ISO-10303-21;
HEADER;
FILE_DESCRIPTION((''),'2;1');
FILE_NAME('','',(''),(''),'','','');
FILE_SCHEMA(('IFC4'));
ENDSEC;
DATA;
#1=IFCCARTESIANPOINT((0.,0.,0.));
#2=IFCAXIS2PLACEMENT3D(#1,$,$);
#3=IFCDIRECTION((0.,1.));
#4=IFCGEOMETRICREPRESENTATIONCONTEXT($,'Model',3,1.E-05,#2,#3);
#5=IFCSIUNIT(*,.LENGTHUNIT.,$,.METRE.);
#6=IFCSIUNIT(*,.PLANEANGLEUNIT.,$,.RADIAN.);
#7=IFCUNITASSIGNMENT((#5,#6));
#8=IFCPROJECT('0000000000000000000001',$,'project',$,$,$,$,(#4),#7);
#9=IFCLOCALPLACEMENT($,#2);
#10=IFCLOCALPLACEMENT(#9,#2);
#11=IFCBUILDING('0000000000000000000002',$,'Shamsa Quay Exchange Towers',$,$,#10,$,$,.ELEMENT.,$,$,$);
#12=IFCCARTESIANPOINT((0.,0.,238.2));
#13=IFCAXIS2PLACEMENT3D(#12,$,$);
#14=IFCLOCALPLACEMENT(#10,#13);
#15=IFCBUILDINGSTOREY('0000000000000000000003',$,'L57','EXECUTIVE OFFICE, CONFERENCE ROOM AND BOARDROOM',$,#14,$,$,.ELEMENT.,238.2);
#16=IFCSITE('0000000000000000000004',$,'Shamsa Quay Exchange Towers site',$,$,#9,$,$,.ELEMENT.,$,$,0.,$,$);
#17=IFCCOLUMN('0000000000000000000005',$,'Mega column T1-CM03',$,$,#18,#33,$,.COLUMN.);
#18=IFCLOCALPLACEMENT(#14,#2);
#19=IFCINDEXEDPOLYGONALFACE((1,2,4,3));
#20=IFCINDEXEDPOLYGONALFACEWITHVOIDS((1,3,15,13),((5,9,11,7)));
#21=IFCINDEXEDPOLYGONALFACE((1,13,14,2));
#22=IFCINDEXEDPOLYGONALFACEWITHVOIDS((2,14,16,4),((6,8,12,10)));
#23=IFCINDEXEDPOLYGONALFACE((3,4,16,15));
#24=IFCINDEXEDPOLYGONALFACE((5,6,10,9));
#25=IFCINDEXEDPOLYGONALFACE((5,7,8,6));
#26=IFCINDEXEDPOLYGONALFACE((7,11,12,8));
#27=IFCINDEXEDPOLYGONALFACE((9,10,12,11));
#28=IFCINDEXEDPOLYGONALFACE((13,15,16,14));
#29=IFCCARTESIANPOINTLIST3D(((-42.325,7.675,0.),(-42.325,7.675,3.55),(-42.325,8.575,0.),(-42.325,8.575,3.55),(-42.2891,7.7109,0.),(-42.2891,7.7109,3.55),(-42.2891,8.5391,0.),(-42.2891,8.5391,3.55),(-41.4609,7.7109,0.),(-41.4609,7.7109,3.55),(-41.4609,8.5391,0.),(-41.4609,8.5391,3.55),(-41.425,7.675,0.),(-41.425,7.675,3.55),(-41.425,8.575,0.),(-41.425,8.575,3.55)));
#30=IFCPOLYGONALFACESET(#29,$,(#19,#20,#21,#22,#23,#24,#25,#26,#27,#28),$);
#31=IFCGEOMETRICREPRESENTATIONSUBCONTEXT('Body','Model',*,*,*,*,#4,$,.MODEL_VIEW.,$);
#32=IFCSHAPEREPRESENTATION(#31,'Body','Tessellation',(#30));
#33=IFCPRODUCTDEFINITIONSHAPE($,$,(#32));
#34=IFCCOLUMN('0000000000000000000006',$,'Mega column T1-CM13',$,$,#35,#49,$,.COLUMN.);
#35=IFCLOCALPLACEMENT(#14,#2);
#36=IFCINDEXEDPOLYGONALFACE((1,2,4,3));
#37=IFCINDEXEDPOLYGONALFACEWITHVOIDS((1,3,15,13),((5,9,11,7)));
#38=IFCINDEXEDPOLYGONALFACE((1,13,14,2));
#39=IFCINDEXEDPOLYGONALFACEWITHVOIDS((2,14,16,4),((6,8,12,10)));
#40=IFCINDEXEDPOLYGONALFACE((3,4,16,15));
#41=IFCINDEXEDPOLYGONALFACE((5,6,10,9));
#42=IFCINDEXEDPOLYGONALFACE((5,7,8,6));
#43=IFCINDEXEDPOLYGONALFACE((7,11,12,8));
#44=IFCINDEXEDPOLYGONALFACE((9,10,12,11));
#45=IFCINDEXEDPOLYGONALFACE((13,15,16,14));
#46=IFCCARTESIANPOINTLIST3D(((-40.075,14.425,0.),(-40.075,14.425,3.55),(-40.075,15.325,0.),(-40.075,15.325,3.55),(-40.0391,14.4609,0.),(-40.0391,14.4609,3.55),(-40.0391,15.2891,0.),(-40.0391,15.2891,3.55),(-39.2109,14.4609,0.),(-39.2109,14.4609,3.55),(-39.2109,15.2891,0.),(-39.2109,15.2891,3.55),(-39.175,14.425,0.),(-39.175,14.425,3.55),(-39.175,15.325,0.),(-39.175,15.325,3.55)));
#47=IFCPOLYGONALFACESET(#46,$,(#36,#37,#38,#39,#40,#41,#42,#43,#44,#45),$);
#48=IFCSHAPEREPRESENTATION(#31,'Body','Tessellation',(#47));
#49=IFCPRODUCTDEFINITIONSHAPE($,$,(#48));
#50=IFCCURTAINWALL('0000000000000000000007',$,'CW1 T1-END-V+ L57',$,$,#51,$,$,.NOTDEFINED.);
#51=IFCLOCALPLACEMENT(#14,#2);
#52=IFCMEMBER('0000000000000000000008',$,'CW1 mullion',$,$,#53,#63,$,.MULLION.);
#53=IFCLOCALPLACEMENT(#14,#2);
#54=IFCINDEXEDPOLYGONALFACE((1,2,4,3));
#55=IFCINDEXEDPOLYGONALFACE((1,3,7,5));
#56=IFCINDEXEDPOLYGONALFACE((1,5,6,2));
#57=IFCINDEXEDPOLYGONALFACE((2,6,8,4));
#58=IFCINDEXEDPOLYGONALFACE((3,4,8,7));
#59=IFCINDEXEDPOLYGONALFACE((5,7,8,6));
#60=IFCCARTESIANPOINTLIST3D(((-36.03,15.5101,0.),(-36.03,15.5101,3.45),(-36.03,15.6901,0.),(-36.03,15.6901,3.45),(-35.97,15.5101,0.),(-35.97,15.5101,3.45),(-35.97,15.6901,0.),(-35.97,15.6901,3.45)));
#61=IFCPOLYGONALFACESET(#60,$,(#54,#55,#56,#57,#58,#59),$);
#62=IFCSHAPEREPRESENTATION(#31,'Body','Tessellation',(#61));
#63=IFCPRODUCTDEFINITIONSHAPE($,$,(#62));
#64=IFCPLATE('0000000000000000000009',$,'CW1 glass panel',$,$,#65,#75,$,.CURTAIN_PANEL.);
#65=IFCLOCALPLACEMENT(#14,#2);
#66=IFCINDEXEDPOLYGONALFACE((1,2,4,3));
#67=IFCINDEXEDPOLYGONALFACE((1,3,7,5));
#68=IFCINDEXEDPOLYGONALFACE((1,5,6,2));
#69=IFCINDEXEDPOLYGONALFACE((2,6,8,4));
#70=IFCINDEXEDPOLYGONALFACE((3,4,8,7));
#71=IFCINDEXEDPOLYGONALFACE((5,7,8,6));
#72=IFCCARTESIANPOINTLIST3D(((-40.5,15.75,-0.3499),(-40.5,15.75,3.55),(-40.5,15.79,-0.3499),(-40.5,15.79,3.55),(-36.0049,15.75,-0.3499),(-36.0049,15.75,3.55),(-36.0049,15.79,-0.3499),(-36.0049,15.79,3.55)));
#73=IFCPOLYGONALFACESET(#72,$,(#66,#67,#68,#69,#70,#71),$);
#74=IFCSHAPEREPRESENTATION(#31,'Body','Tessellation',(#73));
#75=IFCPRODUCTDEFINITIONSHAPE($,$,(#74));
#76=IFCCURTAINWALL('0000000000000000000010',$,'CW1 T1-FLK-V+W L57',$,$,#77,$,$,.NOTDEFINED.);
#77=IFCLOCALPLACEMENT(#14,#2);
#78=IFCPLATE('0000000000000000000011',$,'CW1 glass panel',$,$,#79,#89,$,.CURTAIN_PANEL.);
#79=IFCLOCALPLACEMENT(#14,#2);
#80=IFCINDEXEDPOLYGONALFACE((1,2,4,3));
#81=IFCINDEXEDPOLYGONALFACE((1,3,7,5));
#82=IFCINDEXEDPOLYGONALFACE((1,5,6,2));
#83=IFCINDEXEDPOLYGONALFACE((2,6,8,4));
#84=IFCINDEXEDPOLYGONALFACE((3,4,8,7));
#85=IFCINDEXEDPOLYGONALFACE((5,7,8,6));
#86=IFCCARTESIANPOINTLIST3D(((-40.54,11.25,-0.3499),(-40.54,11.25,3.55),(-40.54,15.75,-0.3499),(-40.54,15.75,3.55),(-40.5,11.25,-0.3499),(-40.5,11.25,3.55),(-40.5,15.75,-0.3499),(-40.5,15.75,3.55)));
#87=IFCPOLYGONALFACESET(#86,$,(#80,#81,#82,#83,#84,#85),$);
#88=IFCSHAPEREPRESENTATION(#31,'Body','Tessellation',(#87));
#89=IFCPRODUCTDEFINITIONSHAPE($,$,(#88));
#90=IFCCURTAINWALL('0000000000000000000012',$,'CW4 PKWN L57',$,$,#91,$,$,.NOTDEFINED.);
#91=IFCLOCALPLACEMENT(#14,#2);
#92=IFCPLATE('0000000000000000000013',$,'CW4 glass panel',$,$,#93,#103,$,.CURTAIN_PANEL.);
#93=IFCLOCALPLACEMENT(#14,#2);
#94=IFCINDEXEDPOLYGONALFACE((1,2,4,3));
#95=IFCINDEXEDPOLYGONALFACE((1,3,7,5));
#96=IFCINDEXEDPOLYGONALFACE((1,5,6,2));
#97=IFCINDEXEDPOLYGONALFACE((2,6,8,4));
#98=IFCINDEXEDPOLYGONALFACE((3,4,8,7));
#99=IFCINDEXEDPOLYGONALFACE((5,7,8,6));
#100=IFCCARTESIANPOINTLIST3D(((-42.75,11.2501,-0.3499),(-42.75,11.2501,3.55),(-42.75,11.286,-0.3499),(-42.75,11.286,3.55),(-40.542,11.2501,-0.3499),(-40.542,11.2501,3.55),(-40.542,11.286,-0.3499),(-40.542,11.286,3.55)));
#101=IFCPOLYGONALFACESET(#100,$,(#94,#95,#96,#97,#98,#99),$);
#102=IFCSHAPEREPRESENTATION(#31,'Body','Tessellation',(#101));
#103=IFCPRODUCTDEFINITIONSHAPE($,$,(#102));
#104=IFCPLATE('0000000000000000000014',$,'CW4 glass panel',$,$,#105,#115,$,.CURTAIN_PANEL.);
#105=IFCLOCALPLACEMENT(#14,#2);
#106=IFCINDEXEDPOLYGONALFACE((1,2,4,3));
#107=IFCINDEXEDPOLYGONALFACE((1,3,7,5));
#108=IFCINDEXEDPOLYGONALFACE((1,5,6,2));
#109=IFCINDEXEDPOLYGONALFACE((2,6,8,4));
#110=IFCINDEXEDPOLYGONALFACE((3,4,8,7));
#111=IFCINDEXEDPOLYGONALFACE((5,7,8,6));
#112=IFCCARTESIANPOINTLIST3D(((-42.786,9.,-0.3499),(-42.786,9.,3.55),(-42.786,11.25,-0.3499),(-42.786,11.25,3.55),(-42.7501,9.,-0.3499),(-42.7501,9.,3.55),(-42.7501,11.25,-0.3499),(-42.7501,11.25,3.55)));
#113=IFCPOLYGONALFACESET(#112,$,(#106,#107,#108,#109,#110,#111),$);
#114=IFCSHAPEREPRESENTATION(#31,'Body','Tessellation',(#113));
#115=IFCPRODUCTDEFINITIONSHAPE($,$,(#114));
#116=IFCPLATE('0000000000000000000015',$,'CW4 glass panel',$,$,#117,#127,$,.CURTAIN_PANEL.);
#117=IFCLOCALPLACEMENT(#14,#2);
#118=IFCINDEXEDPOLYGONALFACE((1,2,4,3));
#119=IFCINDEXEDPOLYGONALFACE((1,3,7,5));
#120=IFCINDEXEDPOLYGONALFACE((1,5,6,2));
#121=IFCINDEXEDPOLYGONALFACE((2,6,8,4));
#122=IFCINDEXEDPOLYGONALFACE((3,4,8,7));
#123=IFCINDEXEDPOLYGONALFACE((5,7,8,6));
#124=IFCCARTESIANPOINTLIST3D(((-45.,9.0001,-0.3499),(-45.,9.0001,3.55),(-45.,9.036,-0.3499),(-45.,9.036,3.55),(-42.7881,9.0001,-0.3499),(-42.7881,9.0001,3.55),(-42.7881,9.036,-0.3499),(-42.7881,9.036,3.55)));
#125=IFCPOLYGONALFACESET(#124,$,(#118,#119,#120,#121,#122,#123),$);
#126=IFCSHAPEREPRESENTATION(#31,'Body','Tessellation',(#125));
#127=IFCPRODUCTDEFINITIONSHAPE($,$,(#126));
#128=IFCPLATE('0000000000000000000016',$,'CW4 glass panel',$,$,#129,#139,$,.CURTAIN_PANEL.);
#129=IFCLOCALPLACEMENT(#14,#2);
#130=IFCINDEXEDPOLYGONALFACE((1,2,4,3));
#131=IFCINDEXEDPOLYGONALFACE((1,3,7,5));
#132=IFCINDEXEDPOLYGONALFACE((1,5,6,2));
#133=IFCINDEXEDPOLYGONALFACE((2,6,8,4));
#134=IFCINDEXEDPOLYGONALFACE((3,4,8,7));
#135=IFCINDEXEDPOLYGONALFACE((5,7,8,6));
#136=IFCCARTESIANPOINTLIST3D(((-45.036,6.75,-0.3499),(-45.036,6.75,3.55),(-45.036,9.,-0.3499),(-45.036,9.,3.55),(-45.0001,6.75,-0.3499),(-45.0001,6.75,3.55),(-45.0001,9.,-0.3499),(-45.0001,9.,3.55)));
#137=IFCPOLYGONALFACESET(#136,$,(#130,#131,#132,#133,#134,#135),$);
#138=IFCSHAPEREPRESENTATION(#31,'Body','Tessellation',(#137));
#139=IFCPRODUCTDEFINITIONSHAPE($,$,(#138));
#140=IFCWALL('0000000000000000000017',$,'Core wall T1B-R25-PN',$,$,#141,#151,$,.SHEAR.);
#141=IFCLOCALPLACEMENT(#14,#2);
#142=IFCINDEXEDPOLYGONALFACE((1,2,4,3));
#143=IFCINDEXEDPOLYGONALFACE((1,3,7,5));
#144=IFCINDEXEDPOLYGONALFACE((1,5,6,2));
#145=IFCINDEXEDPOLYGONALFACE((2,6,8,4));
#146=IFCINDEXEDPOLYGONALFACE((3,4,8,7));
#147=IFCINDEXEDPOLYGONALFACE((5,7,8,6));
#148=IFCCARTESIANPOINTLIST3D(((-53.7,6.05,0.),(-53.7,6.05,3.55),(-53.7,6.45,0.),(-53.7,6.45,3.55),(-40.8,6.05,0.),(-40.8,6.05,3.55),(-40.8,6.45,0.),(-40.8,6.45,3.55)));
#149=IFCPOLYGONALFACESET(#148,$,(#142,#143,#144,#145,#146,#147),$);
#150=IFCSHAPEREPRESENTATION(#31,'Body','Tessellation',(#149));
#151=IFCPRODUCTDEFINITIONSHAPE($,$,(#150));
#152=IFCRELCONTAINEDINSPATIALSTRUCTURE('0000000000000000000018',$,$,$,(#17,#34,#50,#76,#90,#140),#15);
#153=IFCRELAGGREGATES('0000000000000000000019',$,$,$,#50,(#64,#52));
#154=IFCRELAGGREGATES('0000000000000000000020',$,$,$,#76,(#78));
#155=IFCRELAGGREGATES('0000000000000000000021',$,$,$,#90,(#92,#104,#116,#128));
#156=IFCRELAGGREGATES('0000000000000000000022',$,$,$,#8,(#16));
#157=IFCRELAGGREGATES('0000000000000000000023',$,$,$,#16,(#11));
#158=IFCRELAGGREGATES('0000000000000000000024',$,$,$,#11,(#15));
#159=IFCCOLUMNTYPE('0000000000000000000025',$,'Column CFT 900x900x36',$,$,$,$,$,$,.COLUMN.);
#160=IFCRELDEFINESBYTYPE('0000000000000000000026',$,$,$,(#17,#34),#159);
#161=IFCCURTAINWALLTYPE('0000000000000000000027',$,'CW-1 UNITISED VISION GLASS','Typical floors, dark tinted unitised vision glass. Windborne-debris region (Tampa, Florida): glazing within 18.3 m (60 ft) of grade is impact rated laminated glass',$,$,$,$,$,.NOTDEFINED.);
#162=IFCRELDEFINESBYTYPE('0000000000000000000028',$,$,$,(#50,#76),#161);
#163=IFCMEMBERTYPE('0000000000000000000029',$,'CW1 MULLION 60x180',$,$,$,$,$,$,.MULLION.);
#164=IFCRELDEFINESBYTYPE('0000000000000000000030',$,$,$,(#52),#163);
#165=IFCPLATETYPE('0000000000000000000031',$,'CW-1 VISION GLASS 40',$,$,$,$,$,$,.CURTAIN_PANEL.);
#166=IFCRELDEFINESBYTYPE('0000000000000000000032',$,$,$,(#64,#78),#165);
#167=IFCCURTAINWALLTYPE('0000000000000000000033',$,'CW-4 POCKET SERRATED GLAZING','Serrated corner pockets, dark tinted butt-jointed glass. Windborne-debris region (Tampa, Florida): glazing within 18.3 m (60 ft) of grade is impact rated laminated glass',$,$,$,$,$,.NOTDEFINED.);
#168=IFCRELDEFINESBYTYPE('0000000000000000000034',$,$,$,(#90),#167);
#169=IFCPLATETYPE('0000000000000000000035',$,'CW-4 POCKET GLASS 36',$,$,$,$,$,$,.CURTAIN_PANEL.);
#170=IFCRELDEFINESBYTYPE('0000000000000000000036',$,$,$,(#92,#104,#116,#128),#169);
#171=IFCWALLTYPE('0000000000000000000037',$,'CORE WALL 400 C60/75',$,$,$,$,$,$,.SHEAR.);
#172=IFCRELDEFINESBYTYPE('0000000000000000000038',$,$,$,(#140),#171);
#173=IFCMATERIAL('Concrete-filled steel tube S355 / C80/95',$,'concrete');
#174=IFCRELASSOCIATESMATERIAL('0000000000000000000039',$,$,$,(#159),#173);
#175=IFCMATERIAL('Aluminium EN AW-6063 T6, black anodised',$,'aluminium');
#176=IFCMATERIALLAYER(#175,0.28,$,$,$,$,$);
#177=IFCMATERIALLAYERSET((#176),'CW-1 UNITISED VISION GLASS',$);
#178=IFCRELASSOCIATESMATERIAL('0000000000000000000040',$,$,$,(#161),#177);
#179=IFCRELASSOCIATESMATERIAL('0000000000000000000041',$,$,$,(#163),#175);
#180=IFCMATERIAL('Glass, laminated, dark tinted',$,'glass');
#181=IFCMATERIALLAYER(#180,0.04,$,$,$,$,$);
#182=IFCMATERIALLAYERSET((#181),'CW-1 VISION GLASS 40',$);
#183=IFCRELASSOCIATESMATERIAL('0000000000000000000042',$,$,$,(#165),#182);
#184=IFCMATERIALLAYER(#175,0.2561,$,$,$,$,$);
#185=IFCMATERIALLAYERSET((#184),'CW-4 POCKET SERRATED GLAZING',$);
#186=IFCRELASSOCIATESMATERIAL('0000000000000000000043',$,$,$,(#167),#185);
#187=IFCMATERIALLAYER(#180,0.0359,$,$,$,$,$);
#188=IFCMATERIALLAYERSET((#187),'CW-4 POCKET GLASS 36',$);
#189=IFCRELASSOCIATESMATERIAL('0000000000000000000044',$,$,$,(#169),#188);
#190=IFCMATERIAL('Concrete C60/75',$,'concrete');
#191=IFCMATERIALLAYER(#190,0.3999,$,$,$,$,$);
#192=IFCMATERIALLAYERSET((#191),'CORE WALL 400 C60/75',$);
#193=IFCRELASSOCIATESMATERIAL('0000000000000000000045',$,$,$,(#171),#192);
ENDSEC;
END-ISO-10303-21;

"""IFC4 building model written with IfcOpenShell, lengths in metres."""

from ifc_helpers import new_model, si_unit, direction, frame, frame_2d, origin, origin_2d, place, context, subcontext, project, spatial, rectangle, hollow_rectangle, extrude, material, layer, layer_set, material_profile, profile_set, type_object, element, aggregate, save


model = new_model("IFC4")

# Units and contexts
model_context = context("Model", 3, precision=1e-05, world=origin(), true_north=direction((0.0, 1.0)))
body_context = subcontext(model_context, "Body", "Model", "MODEL_VIEW")
ifc_project = project(units=[si_unit("LENGTHUNIT", "METRE"), si_unit("PLANEANGLEUNIT", "RADIAN")], contexts=[model_context])

# Site, building, storey
site_placement = place(None, origin())
site = spatial("IfcSite", under=ifc_project, at=site_placement, Name="Shamsa Quay Exchange Towers site", CompositionType="ELEMENT", RefElevation=0.0)
building_placement = place(site_placement, origin())
building = spatial("IfcBuilding", under=site, at=building_placement, Name="Shamsa Quay Exchange Towers", CompositionType="ELEMENT")
storey_placement = place(building_placement, frame((0.0, 0.0, 238.2)))
storey = spatial("IfcBuildingStorey", under=building, at=storey_placement, Name="L57", Description="EXECUTIVE OFFICE, CONFERENCE ROOM AND BOARDROOM", CompositionType="ELEMENT", Elevation=238.2)

# Columns
ifc_material_1 = material(Name="Concrete-filled steel tube S355 / C80/95", Category="concrete")
ifc_material_profile_1 = material_profile(ifc_material_1, hollow_rectangle(XDim=0.8999, YDim=0.8999, WallThickness=0.0359, at=origin_2d()), Name="CFT 900x900x36")
ifc_profile_set_1 = profile_set([ifc_material_profile_1], Name="Concrete-filled steel tube S355 / C80/95")
column_type = type_object("IfcColumnType", Name="Column CFT 900x900x36", PredefinedType="COLUMN", material=ifc_profile_set_1)
for number, where, name in (
    (1, (-41.875, 8.125, 0.0), "Mega column T1-CM03"),
    (2, (-39.625, 14.875, 0.0), "Mega column T1-CM13"),
):
    element("IfcColumn", number, at=place(storey_placement, frame(where)), inside=storey, type_object=column_type, Name=name, PredefinedType="COLUMN", context=body_context, shape_type="SweptSolid", body=[
        extrude(hollow_rectangle(XDim=0.8999, YDim=0.8999, WallThickness=0.0359, at=origin_2d()), origin(), (0.0, 0.0, 1.0), 3.55),
    ])

# Curtain wall, member, plate
ifc_material_2 = material(Name="Aluminium EN AW-6063 T6, black anodised", Category="aluminium")
ifc_layer_1 = layer(ifc_material_2, 0.28)
ifc_layer_set_1 = layer_set([ifc_layer_1], Name="CW-1 UNITISED VISION GLASS")
curtain_wall_type_1 = type_object("IfcCurtainWallType", Name="CW-1 UNITISED VISION GLASS", Description="Typical floors, dark tinted unitised vision glass. Windborne-debris region (Tampa, Florida): glazing within 18.3 m (60 ft) of grade is impact rated laminated glass", PredefinedType="NOTDEFINED", material=ifc_layer_set_1)
curtain_wall_1_placement = place(storey_placement, origin())
curtain_wall_1 = element("IfcCurtainWall", 3, at=curtain_wall_1_placement, inside=storey, type_object=curtain_wall_type_1, Name="CW1 T1-END-V+ L57", PredefinedType="NOTDEFINED")
ifc_material_profile_2 = material_profile(ifc_material_2, rectangle(XDim=0.1799, YDim=0.0601, at=origin_2d()), Name="MU60x180")
ifc_profile_set_2 = profile_set([ifc_material_profile_2], Name="Aluminium EN AW-6063 T6, black anodised")
member_type = type_object("IfcMemberType", Name="CW1 MULLION 60x180", PredefinedType="MULLION", material=ifc_profile_set_2)
member_placement = place(storey_placement, frame((-36.0, 15.6001, 0.0), z_axis=(0.0, 0.0, 1.0), x_axis=(0.0, -1.0, 0.0)))
member = element("IfcMember", 4, at=member_placement, type_object=member_type, Name="CW1 mullion", PredefinedType="MULLION", context=body_context, shape_type="SweptSolid", body=[
    extrude(rectangle(XDim=0.1799, YDim=0.0601, at=origin_2d()), origin(), (0.0, 0.0, 1.0), 3.45),
])
ifc_material_3 = material(Name="Glass, laminated, dark tinted", Category="glass")
ifc_layer_2 = layer(ifc_material_3, 0.04)
ifc_layer_set_2 = layer_set([ifc_layer_2], Name="CW-1 VISION GLASS 40")
plate_type_1 = type_object("IfcPlateType", Name="CW-1 VISION GLASS 40", PredefinedType="CURTAIN_PANEL", material=ifc_layer_set_2)
plate_1_placement = place(storey_placement, frame((-38.2524, 15.77, -0.3499), z_axis=(0.0, 0.0, 1.0), x_axis=(-1.0, 0.0, 0.0)))
plate_1 = element("IfcPlate", 5, at=plate_1_placement, type_object=plate_type_1, Name="CW1 glass panel", PredefinedType="CURTAIN_PANEL", context=body_context, shape_type="SweptSolid", body=[
    extrude(rectangle(XDim=4.4951, YDim=0.04, at=origin_2d()), origin(), (0.0, 0.0, 1.0), 3.8999),
])
aggregate(curtain_wall_1, [plate_1, member])

# Curtain wall, plate
curtain_wall_2_placement = place(storey_placement, origin())
curtain_wall_2 = element("IfcCurtainWall", 6, at=curtain_wall_2_placement, inside=storey, type_object=curtain_wall_type_1, Name="CW1 T1-FLK-V+W L57", PredefinedType="NOTDEFINED")
plate_2_placement = place(storey_placement, frame((-40.52, 13.5, -0.3499), z_axis=(0.0, 0.0, 1.0), x_axis=(0.0, -1.0, 0.0)))
plate_2 = element("IfcPlate", 7, at=plate_2_placement, type_object=plate_type_1, Name="CW1 glass panel", PredefinedType="CURTAIN_PANEL", context=body_context, shape_type="SweptSolid", body=[
    extrude(rectangle(XDim=4.5, YDim=0.04, at=origin_2d()), origin(), (0.0, 0.0, 1.0), 3.8999),
])
aggregate(curtain_wall_2, [plate_2])

# Curtain wall, plates
ifc_layer_3 = layer(ifc_material_2, 0.2561)
ifc_layer_set_3 = layer_set([ifc_layer_3], Name="CW-4 POCKET SERRATED GLAZING")
curtain_wall_type_2 = type_object("IfcCurtainWallType", Name="CW-4 POCKET SERRATED GLAZING", Description="Serrated corner pockets, dark tinted butt-jointed glass. Windborne-debris region (Tampa, Florida): glazing within 18.3 m (60 ft) of grade is impact rated laminated glass", PredefinedType="NOTDEFINED", material=ifc_layer_set_3)
curtain_wall_3_placement = place(storey_placement, origin())
curtain_wall_3 = element("IfcCurtainWall", 8, at=curtain_wall_3_placement, inside=storey, type_object=curtain_wall_type_2, Name="CW4 PKWN L57", PredefinedType="NOTDEFINED")
ifc_layer_4 = layer(ifc_material_3, 0.0359)
ifc_layer_set_4 = layer_set([ifc_layer_4], Name="CW-4 POCKET GLASS 36")
plate_type_2 = type_object("IfcPlateType", Name="CW-4 POCKET GLASS 36", PredefinedType="CURTAIN_PANEL", material=ifc_layer_set_4)
plate_3_placement = place(storey_placement, frame((-41.646, 11.2681, -0.3499), z_axis=(0.0, 0.0, 1.0), x_axis=(-1.0, 0.0, 0.0)))
plate_3 = element("IfcPlate", 9, at=plate_3_placement, type_object=plate_type_2, Name="CW4 glass panel", PredefinedType="CURTAIN_PANEL", context=body_context, shape_type="SweptSolid", body=[
    extrude(rectangle(XDim=2.208, YDim=0.0359, at=origin_2d()), origin(), (0.0, 0.0, 1.0), 3.8999),
])
plate_4_placement = place(storey_placement, frame((-42.7681, 10.125, -0.3499), z_axis=(0.0, 0.0, 1.0), x_axis=(0.0, -1.0, 0.0)))
plate_4 = element("IfcPlate", 10, at=plate_4_placement, type_object=plate_type_2, Name="CW4 glass panel", PredefinedType="CURTAIN_PANEL", context=body_context, shape_type="SweptSolid", body=[
    extrude(rectangle(XDim=2.25, YDim=0.0359, at=origin_2d()), origin(), (0.0, 0.0, 1.0), 3.8999),
])
plate_5_placement = place(storey_placement, frame((-43.894, 9.0181, -0.3499), z_axis=(0.0, 0.0, 1.0), x_axis=(-1.0, 0.0, 0.0)))
plate_5 = element("IfcPlate", 11, at=plate_5_placement, type_object=plate_type_2, Name="CW4 glass panel", PredefinedType="CURTAIN_PANEL", context=body_context, shape_type="SweptSolid", body=[
    extrude(rectangle(XDim=2.2119, YDim=0.0359, at=origin_2d()), origin(), (0.0, 0.0, 1.0), 3.8999),
])
plate_6_placement = place(storey_placement, frame((-45.0181, 7.875, -0.3499), z_axis=(0.0, 0.0, 1.0), x_axis=(0.0, -1.0, 0.0)))
plate_6 = element("IfcPlate", 12, at=plate_6_placement, type_object=plate_type_2, Name="CW4 glass panel", PredefinedType="CURTAIN_PANEL", context=body_context, shape_type="SweptSolid", body=[
    extrude(rectangle(XDim=2.25, YDim=0.0359, at=origin_2d()), origin(), (0.0, 0.0, 1.0), 3.8999),
])
aggregate(curtain_wall_3, [plate_3, plate_4, plate_5, plate_6])

# Wall
ifc_material_4 = material(Name="Concrete C60/75", Category="concrete")
ifc_layer_5 = layer(ifc_material_4, 0.3999)
ifc_layer_set_5 = layer_set([ifc_layer_5], Name="CORE WALL 400 C60/75")
wall_type_1 = type_object("IfcWallType", Name="CORE WALL 400 C60/75", PredefinedType="SHEAR", material=ifc_layer_set_5)
wall_1_placement = place(storey_placement, frame((-40.8, 6.25, 0.0), z_axis=(0.0, 0.0, 1.0), x_axis=(-1.0, 0.0, 0.0)))
element("IfcWall", 13, at=wall_1_placement, inside=storey, type_object=wall_type_1, Name="Core wall T1B-R25-PN", PredefinedType="SHEAR", context=body_context, shape_type="SweptSolid", body=[
    extrude(rectangle(XDim=12.8999, YDim=0.3999, at=frame_2d((6.45, 0.0))), origin(), (0.0, 0.0, 1.0), 3.55),
])

save(model, "model.ifc")
